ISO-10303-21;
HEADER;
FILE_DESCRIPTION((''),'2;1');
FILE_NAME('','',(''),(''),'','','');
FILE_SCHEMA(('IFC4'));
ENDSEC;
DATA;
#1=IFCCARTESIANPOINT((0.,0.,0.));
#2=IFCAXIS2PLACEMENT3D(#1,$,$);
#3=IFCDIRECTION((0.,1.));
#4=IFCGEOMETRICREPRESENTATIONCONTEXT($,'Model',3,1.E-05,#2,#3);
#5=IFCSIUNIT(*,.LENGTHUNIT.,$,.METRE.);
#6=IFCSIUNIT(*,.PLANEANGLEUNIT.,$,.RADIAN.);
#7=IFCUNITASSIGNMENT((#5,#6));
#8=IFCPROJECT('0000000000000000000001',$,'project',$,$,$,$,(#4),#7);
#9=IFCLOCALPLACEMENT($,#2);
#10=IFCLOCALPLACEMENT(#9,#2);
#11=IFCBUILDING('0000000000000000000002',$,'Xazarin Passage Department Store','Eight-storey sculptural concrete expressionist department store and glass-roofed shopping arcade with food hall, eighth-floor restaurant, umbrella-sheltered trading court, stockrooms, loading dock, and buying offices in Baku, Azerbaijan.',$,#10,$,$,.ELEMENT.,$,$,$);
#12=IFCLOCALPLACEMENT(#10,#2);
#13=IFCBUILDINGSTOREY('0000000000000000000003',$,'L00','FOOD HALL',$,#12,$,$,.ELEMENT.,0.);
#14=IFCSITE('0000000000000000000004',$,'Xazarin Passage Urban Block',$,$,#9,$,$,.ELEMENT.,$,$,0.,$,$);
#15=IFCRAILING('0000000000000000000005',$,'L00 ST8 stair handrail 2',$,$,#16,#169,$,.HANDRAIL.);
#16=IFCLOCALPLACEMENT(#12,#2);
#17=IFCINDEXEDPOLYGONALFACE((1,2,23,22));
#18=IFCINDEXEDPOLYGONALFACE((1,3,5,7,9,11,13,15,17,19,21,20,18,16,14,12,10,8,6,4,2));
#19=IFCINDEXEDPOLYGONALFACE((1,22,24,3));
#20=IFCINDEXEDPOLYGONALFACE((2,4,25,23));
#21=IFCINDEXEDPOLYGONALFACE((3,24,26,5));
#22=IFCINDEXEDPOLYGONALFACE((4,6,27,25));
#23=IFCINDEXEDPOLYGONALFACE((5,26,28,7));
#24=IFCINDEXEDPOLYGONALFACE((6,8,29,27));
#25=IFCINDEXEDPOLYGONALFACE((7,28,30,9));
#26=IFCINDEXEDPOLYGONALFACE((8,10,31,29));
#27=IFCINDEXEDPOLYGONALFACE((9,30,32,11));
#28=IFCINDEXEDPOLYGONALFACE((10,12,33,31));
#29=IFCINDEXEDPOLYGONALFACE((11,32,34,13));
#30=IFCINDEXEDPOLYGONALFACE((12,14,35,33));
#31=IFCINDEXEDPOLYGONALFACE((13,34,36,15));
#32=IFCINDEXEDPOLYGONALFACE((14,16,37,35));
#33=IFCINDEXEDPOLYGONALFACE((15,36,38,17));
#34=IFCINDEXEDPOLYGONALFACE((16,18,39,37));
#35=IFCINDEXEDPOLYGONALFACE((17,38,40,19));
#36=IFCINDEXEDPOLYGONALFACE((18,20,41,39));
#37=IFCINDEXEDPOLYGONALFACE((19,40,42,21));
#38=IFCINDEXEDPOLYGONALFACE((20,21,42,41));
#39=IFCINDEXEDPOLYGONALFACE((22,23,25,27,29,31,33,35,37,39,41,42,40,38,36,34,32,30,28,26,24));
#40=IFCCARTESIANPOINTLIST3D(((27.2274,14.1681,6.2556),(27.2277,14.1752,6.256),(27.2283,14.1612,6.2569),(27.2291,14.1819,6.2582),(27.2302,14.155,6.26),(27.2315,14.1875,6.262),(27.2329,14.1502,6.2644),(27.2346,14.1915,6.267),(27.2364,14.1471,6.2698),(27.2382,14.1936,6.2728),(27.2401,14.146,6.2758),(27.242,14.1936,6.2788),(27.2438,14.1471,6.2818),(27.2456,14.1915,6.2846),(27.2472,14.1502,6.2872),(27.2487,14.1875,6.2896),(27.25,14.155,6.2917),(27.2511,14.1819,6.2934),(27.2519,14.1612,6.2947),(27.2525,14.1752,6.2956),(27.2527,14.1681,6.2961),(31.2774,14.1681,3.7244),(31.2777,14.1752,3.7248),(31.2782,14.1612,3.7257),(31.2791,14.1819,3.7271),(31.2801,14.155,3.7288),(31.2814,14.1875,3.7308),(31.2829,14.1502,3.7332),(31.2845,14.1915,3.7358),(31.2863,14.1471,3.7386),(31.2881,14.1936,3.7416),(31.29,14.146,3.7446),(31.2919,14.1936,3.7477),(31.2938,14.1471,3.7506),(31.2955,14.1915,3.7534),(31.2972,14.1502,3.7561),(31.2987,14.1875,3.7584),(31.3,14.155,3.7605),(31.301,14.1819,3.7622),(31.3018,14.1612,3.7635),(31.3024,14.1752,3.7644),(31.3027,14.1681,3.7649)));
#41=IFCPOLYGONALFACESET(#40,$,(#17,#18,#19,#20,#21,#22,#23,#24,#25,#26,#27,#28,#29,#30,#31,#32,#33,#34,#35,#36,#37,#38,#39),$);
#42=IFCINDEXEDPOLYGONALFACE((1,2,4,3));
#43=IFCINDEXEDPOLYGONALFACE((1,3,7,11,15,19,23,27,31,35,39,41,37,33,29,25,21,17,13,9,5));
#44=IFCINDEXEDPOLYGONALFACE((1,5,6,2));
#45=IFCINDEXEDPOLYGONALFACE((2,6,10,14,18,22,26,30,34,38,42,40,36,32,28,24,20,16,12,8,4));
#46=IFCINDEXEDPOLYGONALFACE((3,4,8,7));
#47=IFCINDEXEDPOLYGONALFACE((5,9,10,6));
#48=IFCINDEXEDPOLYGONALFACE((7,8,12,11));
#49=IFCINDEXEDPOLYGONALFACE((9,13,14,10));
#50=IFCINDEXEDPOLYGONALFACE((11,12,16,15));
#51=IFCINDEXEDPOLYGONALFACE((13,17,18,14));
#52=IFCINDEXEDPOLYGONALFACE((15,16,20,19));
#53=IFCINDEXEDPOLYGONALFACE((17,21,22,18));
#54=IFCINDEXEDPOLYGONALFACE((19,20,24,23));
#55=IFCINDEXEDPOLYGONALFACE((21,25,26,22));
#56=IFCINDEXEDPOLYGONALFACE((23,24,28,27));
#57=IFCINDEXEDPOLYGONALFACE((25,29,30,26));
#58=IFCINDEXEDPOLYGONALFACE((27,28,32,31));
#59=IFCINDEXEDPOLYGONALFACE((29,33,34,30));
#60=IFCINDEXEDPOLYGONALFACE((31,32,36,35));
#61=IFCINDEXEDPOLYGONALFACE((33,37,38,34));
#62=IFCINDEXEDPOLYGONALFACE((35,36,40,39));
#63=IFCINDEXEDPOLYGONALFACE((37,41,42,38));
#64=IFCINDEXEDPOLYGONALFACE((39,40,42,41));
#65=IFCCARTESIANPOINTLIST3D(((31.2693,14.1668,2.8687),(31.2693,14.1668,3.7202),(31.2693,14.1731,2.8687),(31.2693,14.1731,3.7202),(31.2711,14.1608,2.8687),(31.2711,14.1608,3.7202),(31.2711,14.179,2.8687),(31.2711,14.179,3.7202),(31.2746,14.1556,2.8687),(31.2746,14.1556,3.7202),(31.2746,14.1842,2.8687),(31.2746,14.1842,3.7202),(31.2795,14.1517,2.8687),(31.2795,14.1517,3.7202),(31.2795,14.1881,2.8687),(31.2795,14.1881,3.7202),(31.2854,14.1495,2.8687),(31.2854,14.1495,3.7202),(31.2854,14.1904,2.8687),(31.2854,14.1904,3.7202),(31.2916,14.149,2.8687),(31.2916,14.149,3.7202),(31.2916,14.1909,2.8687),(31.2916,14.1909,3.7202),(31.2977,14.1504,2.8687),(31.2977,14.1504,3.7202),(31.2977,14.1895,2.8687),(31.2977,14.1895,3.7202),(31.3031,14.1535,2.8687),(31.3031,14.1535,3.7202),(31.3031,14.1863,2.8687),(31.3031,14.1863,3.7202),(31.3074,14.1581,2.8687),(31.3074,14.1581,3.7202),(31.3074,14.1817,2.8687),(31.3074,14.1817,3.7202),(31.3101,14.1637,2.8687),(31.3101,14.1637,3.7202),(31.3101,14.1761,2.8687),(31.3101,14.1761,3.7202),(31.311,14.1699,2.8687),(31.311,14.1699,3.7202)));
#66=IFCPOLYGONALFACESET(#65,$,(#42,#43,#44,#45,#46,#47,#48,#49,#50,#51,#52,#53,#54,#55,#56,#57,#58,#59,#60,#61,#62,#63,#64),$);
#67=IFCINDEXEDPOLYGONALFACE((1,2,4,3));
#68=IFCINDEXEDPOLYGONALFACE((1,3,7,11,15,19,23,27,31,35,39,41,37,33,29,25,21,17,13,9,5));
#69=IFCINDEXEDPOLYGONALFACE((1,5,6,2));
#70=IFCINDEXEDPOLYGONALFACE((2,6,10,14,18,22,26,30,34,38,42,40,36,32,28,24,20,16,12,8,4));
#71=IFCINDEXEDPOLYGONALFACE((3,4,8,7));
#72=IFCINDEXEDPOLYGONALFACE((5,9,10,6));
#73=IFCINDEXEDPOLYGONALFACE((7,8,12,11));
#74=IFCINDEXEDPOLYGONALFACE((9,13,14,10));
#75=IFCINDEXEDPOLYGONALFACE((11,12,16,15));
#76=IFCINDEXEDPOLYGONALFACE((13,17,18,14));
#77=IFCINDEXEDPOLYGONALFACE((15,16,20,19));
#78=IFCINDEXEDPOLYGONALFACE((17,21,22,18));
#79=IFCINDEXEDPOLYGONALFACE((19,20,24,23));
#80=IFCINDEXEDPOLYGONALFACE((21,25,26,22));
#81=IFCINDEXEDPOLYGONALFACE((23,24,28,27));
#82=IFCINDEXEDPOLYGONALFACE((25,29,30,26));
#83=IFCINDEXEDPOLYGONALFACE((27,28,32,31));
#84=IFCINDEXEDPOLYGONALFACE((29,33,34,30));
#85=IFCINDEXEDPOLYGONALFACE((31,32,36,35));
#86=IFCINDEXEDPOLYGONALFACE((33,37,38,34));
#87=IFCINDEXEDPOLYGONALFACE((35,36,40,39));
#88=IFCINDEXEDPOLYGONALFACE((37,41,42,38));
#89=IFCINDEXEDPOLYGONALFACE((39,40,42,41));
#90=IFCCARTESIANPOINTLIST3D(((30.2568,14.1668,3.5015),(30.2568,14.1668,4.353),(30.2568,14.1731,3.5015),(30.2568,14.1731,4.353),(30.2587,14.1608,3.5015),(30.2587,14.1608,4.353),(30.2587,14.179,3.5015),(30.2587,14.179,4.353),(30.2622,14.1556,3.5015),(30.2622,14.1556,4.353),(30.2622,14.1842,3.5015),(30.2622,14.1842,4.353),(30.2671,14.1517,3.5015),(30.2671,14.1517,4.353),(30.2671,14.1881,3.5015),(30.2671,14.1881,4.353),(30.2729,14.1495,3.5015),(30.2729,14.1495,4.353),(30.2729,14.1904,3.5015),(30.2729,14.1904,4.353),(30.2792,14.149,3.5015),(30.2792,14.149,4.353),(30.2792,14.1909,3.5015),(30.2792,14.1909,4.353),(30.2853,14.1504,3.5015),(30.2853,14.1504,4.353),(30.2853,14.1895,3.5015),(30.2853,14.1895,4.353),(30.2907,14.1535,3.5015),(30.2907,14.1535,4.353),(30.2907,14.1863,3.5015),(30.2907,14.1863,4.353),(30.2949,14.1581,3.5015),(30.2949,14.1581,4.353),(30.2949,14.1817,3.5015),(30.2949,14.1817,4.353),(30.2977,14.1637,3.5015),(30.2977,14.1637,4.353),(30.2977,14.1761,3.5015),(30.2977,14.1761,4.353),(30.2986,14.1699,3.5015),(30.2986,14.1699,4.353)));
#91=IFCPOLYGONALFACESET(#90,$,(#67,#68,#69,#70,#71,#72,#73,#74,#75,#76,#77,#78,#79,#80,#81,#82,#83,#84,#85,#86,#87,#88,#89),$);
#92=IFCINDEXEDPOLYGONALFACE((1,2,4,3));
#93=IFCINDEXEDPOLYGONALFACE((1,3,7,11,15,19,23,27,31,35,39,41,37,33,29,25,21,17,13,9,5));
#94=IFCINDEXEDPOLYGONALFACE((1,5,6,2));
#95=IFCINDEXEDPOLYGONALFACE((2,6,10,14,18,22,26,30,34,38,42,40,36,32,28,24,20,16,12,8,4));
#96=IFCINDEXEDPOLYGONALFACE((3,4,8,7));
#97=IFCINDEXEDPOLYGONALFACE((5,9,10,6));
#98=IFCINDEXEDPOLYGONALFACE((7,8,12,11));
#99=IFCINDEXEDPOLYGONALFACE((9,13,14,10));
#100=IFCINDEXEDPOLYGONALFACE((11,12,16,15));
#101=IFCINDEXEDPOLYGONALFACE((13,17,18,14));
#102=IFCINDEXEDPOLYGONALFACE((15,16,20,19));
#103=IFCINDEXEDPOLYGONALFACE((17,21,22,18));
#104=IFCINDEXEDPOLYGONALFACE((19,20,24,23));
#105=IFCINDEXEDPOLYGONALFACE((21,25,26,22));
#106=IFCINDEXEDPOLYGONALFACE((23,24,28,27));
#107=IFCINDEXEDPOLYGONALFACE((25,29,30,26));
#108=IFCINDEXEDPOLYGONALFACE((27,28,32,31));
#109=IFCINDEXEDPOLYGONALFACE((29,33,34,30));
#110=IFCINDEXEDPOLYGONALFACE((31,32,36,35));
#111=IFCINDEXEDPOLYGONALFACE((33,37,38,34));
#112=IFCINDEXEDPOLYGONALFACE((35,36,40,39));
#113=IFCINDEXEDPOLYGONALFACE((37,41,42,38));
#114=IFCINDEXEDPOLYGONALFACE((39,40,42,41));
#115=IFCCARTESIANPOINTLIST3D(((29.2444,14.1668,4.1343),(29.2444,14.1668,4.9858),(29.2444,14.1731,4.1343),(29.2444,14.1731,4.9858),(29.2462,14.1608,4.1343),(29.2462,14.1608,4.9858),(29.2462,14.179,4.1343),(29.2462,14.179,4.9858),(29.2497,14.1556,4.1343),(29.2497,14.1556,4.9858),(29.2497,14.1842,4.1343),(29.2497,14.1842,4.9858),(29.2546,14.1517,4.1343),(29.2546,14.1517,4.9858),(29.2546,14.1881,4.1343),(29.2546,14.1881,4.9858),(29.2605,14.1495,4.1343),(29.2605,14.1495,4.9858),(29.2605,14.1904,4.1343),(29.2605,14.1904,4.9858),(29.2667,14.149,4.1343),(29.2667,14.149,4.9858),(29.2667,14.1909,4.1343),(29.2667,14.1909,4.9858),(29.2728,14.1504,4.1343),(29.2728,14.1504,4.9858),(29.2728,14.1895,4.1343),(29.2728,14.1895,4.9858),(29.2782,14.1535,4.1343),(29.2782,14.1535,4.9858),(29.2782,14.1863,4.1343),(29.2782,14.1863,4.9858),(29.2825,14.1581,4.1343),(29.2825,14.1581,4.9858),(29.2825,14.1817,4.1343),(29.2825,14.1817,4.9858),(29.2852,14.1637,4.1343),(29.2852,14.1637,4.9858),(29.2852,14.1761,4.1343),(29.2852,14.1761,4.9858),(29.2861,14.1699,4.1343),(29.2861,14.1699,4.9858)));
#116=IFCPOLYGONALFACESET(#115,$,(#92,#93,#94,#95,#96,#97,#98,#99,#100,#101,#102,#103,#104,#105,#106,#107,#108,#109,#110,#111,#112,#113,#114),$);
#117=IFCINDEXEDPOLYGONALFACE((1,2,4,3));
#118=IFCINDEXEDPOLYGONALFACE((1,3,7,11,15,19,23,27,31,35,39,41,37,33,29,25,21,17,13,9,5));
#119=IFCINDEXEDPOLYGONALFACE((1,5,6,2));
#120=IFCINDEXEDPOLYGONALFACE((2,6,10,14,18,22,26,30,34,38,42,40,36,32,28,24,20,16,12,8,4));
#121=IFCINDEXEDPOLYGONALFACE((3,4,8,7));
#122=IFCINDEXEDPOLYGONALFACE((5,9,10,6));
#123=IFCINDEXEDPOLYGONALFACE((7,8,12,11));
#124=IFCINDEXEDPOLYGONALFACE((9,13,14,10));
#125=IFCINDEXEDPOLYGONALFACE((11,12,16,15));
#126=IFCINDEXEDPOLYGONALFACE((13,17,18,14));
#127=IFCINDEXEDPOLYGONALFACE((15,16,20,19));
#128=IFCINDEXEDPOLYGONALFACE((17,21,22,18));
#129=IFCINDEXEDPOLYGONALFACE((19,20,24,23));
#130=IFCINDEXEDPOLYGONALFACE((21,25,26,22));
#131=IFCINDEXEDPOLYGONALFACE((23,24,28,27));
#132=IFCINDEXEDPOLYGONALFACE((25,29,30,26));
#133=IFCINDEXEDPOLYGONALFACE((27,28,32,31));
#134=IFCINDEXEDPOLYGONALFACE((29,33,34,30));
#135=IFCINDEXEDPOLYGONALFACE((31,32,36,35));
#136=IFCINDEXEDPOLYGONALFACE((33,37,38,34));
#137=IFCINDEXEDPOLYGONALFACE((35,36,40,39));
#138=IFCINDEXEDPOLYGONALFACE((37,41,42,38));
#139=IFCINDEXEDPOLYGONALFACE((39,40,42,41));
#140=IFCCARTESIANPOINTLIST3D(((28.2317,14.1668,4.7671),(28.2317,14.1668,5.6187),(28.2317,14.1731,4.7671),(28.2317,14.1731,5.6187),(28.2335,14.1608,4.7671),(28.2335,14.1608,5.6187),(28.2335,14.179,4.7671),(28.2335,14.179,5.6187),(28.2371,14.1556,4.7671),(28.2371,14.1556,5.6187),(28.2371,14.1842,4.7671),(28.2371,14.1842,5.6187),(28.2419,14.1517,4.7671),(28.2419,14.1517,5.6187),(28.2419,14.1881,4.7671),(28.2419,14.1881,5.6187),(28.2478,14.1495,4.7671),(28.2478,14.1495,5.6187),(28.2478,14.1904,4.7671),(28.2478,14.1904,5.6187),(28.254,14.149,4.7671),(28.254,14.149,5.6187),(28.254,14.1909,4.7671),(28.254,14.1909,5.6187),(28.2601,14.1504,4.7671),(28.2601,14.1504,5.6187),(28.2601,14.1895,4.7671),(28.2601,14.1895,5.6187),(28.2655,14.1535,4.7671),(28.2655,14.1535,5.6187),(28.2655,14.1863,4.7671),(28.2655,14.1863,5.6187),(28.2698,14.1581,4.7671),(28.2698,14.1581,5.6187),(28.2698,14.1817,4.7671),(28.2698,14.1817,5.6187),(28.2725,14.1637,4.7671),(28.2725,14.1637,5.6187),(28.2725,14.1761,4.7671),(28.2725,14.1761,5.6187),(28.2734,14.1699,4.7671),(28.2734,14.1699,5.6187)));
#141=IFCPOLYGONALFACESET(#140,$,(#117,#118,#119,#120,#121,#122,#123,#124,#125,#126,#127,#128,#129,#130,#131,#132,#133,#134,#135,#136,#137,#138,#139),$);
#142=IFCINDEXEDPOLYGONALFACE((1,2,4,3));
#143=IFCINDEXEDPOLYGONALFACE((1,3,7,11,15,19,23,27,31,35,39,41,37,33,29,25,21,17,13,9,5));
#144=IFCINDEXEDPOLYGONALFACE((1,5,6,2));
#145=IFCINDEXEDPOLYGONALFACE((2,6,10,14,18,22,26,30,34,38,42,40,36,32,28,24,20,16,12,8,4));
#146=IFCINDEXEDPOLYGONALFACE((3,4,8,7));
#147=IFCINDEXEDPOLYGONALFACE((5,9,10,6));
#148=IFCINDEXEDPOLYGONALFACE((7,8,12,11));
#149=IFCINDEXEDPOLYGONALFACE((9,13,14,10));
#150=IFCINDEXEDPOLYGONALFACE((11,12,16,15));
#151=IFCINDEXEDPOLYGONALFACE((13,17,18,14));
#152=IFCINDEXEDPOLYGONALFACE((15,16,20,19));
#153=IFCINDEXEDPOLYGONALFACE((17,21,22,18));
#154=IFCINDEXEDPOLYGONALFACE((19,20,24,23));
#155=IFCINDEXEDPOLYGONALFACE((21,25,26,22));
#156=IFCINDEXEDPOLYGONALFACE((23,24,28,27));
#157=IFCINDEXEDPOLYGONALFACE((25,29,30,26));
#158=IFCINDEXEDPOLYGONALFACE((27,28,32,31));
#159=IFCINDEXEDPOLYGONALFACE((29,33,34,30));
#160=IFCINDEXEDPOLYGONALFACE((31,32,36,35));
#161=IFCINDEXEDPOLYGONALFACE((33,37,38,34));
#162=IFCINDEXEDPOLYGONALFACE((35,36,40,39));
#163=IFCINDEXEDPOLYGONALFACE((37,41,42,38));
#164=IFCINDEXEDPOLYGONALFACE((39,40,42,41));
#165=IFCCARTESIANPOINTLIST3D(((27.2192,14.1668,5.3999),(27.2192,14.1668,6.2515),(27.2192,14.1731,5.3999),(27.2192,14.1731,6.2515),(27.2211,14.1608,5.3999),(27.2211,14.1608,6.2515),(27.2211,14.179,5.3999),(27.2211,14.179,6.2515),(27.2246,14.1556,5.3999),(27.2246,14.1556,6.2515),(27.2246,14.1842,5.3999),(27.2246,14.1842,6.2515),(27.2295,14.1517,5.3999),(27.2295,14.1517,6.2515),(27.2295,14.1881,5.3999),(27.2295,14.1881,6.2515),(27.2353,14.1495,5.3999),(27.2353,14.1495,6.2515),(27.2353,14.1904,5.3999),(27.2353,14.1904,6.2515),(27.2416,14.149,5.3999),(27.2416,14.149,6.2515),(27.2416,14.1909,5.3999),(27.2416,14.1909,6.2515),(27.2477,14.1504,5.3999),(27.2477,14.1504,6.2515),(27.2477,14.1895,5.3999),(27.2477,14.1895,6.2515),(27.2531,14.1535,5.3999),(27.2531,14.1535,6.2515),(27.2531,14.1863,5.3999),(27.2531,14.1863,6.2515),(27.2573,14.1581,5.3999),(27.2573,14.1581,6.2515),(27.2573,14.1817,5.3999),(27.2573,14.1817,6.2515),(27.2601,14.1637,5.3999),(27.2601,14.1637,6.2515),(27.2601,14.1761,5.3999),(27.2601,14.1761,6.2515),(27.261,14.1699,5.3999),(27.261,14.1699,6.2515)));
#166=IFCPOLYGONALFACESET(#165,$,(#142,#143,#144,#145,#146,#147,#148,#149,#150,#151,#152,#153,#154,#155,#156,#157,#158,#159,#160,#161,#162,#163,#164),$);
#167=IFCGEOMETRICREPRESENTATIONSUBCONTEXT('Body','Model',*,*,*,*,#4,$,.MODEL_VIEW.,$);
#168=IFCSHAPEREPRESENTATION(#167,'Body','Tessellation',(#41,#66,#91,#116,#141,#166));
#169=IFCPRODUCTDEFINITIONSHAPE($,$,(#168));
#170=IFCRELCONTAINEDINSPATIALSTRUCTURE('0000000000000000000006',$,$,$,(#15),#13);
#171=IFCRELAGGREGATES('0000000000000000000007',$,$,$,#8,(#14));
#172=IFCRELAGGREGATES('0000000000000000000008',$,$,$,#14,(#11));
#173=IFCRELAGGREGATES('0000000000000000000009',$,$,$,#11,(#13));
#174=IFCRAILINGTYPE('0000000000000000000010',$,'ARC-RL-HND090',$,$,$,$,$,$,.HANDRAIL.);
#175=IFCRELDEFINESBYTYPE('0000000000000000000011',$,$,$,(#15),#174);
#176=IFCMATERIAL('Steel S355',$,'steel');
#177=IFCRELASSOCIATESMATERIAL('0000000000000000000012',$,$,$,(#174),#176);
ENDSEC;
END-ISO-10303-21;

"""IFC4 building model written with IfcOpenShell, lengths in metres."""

from ifc_helpers import new_model, si_unit, direction, frame, origin, origin_2d, place, context, subcontext, project, spatial, circle, extrude, material, type_object, element, save


model = new_model("IFC4")

# Units and contexts
model_context = context("Model", 3, precision=1e-05, world=origin(), true_north=direction((0.0, 1.0)))
body_context = subcontext(model_context, "Body", "Model", "MODEL_VIEW")
ifc_project = project(units=[si_unit("LENGTHUNIT", "METRE"), si_unit("PLANEANGLEUNIT", "RADIAN")], contexts=[model_context])

# Site, building, storey
site_placement = place(None, origin())
site = spatial("IfcSite", under=ifc_project, at=site_placement, Name="Xazarin Passage Urban Block", CompositionType="ELEMENT", RefElevation=0.0)
building_placement = place(site_placement, origin())
building = spatial("IfcBuilding", under=site, at=building_placement, Name="Xazarin Passage Department Store", Description="Eight-storey sculptural concrete expressionist department store and glass-roofed shopping arcade with food hall, eighth-floor restaurant, umbrella-sheltered trading court, stockrooms, loading dock, and buying offices in Baku, Azerbaijan.", CompositionType="ELEMENT")
storey_placement = place(building_placement, origin())
storey = spatial("IfcBuildingStorey", under=building, at=storey_placement, Name="L00", Description="FOOD HALL", CompositionType="ELEMENT", Elevation=0.0)

# Railing
ifc_material_1 = material(Name="Steel S355", Category="steel")
railing_type_1 = type_object("IfcRailingType", Name="ARC-RL-HND090", PredefinedType="HANDRAIL", material=ifc_material_1)
railing_1_placement = place(storey_placement, frame((31.29, 14.1699, 2.8687)))
element("IfcRailing", 1, at=railing_1_placement, inside=storey, type_object=railing_type_1, Name="L00 ST8 stair handrail 2", PredefinedType="HANDRAIL", context=body_context, shape_type="SweptSolid", body=[
    extrude(circle(Radius=0.0239, at=origin_2d()), frame((0.0, 0.0, 0.876), z_axis=(-0.848001, 0.0, 0.529994), x_axis=(0.0, -1.0, 0.0)), (0.0, 0.0, 1.0), 4.7759),
    extrude(circle(Radius=0.021, at=origin_2d()), origin(), (0.0, 0.0, 1.0), 0.8516),
    extrude(circle(Radius=0.021, at=origin_2d()), frame((-1.0125, 0.0, 0.6328)), (0.0, 0.0, 1.0), 0.8516),
    extrude(circle(Radius=0.021, at=origin_2d()), frame((-2.0249, 0.0, 1.2656)), (0.0, 0.0, 1.0), 0.8516),
    extrude(circle(Radius=0.021, at=origin_2d()), frame((-3.0376, 0.0, 1.8984)), (0.0, 0.0, 1.0), 0.8516),
    extrude(circle(Radius=0.021, at=origin_2d()), frame((-4.05, 0.0, 2.5312)), (0.0, 0.0, 1.0), 0.8516),
])

save(model, "model.ifc")
